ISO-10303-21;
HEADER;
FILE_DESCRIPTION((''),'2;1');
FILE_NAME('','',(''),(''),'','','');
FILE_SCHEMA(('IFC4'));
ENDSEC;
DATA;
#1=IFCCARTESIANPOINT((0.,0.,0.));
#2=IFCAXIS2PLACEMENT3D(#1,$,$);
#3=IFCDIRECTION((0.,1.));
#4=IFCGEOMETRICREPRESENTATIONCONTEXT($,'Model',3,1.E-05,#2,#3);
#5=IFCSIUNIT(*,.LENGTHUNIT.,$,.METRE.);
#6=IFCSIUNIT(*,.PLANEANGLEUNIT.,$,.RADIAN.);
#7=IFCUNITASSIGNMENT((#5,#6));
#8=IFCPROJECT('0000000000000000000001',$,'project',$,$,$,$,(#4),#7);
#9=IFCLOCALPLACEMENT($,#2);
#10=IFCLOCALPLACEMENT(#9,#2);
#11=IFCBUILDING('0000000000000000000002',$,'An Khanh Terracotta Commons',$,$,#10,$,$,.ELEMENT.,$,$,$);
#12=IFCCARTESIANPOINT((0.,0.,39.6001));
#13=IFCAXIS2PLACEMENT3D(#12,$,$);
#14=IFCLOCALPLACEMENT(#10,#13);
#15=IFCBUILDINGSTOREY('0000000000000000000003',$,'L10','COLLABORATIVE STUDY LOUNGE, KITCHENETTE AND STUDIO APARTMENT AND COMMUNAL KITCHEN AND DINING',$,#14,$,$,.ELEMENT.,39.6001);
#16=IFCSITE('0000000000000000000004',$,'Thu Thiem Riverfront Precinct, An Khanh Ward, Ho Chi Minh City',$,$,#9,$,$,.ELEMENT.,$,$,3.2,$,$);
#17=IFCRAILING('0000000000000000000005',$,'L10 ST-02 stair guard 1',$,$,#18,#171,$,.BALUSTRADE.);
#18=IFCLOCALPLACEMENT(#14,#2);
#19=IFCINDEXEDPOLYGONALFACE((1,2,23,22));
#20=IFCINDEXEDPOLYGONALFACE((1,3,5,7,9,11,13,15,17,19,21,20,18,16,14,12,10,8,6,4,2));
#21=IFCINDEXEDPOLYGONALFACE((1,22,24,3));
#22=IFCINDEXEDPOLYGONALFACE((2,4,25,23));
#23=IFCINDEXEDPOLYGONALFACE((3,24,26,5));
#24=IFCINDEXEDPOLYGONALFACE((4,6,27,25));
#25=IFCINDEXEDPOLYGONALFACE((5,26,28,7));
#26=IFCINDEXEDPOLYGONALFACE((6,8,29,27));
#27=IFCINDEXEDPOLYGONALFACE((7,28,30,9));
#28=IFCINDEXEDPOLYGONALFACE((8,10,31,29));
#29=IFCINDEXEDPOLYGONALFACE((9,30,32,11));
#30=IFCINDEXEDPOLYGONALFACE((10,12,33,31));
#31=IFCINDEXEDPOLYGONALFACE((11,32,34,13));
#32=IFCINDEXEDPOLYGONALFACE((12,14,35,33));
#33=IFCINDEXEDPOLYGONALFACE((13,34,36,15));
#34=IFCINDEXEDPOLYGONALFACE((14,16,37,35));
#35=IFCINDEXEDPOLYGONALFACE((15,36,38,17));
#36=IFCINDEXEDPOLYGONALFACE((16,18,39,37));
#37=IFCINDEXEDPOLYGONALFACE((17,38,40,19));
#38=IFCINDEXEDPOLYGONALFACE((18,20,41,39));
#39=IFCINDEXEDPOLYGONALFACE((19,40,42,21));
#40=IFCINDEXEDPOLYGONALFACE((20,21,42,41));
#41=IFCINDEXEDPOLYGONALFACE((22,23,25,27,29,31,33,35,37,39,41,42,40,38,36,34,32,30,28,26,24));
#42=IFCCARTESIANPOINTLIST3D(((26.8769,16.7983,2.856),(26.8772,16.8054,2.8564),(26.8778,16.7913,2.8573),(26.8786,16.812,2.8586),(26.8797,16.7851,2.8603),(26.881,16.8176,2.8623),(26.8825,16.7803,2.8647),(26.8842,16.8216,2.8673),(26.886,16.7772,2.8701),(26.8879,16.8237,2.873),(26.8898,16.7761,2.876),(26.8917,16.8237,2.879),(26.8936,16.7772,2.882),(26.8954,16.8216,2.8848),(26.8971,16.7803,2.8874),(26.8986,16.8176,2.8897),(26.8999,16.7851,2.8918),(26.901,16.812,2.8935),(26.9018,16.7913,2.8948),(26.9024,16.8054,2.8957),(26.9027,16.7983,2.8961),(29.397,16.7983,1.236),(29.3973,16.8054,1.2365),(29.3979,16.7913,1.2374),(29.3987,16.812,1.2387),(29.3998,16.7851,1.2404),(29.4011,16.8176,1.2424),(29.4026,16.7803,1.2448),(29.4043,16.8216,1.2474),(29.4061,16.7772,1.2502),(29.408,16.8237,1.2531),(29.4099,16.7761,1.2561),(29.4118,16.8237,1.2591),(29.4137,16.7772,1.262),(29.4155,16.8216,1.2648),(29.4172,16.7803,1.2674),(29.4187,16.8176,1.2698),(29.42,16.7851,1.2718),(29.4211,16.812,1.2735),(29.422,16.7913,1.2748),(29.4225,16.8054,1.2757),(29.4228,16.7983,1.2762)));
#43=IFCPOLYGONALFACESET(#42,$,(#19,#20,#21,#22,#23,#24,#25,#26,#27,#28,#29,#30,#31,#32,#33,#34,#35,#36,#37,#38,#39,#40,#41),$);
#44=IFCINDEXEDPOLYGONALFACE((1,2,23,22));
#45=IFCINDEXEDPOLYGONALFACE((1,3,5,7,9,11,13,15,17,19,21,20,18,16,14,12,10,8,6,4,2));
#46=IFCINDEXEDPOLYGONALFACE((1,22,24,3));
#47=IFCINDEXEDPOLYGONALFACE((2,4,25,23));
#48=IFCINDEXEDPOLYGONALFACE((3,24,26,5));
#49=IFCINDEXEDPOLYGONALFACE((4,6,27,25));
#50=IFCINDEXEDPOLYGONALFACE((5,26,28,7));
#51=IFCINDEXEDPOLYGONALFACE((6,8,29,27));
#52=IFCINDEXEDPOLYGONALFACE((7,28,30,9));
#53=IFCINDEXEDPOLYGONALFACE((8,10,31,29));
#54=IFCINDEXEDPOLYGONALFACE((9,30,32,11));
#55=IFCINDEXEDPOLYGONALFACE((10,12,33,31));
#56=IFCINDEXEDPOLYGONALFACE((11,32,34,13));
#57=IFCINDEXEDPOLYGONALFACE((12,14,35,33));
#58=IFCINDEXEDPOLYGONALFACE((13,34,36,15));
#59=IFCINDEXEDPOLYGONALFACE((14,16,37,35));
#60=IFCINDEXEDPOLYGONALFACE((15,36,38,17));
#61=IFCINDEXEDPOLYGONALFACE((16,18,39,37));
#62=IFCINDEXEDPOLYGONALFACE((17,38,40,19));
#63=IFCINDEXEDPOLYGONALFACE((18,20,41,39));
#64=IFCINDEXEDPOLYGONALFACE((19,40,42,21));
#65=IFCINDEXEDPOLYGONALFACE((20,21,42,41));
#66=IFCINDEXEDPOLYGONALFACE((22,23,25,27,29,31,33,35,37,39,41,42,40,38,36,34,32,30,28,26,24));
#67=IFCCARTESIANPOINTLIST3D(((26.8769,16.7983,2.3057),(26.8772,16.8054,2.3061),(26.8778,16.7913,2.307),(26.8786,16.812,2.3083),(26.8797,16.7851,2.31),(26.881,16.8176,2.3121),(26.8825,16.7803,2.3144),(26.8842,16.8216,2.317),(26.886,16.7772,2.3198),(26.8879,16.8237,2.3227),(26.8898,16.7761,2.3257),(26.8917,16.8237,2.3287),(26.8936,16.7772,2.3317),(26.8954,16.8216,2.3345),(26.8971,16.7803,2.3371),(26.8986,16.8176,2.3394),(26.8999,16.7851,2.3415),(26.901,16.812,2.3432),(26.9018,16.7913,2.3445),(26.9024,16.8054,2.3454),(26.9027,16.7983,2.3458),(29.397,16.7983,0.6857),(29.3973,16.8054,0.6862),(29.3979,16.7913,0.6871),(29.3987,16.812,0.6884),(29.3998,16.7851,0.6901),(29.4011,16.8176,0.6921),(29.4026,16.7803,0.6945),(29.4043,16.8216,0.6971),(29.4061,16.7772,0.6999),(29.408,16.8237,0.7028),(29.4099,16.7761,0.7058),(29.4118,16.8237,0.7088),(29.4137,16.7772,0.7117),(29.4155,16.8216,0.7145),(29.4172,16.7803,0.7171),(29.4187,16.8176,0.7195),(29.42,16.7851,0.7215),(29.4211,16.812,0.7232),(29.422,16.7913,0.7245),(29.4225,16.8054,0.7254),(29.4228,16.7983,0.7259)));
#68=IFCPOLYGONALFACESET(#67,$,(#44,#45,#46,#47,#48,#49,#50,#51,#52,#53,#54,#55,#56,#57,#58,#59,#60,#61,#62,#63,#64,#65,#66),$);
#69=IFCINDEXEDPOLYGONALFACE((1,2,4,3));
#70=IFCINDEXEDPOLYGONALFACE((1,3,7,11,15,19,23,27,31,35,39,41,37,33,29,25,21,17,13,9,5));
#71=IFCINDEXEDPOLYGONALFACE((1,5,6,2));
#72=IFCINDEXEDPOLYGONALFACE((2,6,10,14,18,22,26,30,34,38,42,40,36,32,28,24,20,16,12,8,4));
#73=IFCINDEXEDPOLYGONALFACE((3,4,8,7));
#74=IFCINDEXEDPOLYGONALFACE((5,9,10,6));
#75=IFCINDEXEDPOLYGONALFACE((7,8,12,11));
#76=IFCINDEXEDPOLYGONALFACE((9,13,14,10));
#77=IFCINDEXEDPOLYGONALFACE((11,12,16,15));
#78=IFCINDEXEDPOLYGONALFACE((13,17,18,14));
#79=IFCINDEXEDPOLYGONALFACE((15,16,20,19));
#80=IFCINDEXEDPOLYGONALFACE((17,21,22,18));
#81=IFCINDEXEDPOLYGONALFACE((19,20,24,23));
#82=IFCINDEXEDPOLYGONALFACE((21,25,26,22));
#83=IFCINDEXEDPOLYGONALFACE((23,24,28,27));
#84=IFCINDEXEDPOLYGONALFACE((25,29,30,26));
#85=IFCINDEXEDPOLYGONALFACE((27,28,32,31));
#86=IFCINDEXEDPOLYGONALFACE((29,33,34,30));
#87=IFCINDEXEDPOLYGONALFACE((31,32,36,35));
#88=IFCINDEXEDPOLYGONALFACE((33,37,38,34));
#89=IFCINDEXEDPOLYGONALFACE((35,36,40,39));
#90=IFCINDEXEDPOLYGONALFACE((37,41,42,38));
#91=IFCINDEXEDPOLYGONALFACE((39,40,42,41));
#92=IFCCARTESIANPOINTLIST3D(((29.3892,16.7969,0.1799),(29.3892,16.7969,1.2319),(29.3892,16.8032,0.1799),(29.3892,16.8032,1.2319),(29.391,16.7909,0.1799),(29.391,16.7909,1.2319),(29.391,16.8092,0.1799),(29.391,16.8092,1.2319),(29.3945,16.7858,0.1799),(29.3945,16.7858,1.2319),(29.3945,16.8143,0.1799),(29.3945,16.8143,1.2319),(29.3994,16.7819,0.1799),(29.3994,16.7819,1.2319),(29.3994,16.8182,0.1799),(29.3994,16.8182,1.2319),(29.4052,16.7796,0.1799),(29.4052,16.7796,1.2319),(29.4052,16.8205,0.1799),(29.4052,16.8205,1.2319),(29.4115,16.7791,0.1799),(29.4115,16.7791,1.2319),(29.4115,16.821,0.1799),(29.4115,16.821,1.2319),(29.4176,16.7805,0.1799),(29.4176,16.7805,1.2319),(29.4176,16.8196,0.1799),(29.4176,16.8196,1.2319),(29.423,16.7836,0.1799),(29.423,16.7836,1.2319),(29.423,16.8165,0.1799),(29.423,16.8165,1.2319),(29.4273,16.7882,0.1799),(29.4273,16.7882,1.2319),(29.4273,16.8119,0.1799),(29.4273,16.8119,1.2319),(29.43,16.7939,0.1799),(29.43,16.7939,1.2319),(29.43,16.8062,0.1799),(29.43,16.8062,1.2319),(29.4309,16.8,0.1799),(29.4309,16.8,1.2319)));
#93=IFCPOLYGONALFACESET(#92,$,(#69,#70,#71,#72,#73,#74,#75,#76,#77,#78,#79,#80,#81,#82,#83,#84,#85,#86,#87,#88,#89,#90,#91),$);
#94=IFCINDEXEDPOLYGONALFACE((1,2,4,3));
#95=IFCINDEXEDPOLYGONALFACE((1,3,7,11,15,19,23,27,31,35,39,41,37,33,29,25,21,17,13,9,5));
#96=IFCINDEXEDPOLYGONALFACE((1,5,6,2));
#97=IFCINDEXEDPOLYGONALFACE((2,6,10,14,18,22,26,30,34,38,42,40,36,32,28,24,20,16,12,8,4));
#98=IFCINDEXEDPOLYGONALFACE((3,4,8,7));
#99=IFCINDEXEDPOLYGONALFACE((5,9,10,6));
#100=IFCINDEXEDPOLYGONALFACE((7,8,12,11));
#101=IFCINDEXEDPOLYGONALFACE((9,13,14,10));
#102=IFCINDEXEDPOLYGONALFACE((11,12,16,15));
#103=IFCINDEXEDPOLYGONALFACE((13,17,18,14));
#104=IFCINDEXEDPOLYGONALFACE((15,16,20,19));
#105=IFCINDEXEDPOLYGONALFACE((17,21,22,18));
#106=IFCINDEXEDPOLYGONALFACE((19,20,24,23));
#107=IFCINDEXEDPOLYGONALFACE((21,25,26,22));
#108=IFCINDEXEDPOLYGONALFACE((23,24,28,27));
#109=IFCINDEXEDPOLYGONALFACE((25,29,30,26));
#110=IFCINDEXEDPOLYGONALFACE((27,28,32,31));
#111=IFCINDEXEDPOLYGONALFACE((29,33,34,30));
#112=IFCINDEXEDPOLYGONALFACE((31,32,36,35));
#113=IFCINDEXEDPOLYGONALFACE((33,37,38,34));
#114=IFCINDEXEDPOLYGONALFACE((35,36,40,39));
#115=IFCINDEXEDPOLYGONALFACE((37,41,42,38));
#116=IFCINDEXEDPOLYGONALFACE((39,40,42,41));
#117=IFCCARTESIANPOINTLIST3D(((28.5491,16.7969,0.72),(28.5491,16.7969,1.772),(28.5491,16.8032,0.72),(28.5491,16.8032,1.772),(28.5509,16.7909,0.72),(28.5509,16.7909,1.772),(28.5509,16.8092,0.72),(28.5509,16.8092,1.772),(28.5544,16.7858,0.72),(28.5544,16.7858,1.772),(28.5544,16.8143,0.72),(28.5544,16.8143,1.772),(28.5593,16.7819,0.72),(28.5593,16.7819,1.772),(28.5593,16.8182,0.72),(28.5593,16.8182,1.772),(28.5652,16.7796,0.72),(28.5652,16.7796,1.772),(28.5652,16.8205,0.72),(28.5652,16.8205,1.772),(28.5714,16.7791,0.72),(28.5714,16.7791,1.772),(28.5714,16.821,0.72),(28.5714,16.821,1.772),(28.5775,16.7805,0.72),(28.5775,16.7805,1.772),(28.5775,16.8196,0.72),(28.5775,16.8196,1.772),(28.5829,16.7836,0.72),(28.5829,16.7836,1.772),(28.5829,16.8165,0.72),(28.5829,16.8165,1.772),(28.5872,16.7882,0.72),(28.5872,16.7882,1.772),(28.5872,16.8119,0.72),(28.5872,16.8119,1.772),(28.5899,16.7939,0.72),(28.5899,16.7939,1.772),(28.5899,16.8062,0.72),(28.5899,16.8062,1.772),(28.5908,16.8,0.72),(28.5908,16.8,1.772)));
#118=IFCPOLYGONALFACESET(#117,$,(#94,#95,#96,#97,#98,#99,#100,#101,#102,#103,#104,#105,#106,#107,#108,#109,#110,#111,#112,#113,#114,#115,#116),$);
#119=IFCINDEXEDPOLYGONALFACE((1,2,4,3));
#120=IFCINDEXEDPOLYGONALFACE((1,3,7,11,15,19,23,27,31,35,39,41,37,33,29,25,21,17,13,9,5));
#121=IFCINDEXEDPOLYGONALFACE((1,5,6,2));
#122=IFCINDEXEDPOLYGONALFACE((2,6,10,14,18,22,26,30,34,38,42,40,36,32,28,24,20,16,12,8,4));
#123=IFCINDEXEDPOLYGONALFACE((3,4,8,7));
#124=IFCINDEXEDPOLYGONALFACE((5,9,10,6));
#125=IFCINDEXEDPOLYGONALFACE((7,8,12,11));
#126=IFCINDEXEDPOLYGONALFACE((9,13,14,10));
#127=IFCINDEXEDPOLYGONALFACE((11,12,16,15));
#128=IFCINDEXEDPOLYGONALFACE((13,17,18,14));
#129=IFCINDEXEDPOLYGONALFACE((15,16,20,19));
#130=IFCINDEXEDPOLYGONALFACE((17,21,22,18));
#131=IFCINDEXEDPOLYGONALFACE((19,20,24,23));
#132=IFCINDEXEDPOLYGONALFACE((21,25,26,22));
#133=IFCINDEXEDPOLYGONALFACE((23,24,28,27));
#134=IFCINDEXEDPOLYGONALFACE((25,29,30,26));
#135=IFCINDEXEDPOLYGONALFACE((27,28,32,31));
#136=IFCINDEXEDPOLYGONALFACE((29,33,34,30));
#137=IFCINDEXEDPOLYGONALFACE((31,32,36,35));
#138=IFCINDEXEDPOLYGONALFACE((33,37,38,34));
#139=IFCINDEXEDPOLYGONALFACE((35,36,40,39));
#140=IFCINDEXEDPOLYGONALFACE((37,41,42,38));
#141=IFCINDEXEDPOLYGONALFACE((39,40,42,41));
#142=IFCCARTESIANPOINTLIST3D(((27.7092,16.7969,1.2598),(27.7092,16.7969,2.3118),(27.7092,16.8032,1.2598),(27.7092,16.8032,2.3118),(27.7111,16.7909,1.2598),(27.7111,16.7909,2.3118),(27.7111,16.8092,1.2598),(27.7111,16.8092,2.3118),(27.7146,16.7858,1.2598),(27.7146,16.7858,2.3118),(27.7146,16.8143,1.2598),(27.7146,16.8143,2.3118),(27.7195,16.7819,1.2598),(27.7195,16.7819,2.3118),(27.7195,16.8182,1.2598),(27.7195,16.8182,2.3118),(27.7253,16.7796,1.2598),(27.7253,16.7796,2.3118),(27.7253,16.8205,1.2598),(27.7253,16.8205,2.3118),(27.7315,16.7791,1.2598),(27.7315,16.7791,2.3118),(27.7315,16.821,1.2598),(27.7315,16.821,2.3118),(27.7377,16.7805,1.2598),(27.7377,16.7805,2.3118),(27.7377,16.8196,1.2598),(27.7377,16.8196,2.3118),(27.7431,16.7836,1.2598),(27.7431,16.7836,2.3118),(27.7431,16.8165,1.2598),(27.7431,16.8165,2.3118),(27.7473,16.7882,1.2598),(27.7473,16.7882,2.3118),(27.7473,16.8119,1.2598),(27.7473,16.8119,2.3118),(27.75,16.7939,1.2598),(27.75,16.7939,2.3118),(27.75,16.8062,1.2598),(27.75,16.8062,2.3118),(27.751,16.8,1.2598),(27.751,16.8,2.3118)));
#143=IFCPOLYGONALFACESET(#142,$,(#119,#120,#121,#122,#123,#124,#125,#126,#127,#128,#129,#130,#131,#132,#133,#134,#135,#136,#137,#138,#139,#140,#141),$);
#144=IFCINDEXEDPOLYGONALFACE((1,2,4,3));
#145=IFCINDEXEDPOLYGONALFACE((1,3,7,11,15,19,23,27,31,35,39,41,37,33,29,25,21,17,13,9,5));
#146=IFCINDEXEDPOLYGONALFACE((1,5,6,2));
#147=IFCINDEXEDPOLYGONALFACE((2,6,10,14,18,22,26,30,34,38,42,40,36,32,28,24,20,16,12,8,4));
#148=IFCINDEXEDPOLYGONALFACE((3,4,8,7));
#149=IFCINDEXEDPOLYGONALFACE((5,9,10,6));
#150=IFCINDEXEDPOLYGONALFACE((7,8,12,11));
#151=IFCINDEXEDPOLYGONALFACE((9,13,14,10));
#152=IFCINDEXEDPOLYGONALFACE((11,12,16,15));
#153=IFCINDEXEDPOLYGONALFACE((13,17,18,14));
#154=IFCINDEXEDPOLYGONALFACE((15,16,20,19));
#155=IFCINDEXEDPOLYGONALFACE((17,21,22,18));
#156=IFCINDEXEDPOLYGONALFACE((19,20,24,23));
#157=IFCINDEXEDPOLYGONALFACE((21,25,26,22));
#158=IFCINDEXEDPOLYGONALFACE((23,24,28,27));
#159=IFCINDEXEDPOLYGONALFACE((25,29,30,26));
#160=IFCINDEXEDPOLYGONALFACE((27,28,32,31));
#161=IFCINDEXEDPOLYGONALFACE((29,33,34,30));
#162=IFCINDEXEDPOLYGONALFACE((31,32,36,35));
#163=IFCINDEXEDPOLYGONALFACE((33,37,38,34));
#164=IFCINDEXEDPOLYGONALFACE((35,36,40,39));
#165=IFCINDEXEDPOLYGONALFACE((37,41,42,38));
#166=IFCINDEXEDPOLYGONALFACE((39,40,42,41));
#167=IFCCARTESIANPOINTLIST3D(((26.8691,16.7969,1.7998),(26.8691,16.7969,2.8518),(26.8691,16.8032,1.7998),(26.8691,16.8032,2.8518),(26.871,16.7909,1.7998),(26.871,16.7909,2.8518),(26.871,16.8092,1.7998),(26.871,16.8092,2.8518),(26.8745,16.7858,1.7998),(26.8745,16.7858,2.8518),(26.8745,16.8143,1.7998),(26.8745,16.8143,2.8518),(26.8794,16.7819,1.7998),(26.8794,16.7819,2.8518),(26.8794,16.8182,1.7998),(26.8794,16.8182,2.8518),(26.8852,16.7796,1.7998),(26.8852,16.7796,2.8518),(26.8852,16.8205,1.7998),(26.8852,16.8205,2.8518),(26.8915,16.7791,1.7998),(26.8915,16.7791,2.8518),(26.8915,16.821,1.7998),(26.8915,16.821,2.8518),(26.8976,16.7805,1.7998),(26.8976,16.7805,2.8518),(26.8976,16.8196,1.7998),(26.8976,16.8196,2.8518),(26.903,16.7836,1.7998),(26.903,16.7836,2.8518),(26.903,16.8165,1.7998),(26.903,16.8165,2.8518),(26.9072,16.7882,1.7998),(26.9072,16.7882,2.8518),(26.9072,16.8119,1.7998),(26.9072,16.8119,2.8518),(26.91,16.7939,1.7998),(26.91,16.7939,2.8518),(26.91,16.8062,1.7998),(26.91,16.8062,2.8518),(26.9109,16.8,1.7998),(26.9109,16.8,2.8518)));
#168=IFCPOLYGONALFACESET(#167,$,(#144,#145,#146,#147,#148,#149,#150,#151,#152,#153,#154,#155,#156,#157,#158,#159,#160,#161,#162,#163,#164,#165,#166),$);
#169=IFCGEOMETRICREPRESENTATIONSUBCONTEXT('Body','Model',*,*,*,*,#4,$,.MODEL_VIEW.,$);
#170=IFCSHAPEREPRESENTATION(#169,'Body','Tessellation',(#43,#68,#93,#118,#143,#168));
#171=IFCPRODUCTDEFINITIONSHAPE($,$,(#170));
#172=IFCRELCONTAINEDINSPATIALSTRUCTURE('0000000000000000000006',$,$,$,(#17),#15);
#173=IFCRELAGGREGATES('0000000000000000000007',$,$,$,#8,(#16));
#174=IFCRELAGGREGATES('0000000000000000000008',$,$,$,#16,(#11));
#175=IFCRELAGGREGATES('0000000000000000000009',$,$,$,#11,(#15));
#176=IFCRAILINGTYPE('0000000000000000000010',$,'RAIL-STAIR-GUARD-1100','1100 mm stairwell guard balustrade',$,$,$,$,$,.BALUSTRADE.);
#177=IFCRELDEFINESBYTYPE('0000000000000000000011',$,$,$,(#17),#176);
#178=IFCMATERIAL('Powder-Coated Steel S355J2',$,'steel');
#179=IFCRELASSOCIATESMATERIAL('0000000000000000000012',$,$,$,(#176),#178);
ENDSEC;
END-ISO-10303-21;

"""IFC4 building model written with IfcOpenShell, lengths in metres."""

from ifc_helpers import new_model, si_unit, direction, frame, origin, origin_2d, place, context, subcontext, project, spatial, circle, extrude, material, type_object, element, save


model = new_model("IFC4")

# Units and contexts
model_context = context("Model", 3, precision=1e-05, world=origin(), true_north=direction((0.0, 1.0)))
body_context = subcontext(model_context, "Body", "Model", "MODEL_VIEW")
ifc_project = project(units=[si_unit("LENGTHUNIT", "METRE"), si_unit("PLANEANGLEUNIT", "RADIAN")], contexts=[model_context])

# Site, building, storey
site_placement = place(None, origin())
site = spatial("IfcSite", under=ifc_project, at=site_placement, Name="Thu Thiem Riverfront Precinct, An Khanh Ward, Ho Chi Minh City", CompositionType="ELEMENT", RefElevation=3.2)
building_placement = place(site_placement, origin())
building = spatial("IfcBuilding", under=site, at=building_placement, Name="An Khanh Terracotta Commons", CompositionType="ELEMENT")
storey_placement = place(building_placement, frame((0.0, 0.0, 39.6001)))
storey = spatial("IfcBuildingStorey", under=building, at=storey_placement, Name="L10", Description="COLLABORATIVE STUDY LOUNGE, KITCHENETTE AND STUDIO APARTMENT AND COMMUNAL KITCHEN AND DINING", CompositionType="ELEMENT", Elevation=39.6001)

# Railing
ifc_material_1 = material(Name="Powder-Coated Steel S355J2", Category="steel")
railing_type_1 = type_object("IfcRailingType", Name="RAIL-STAIR-GUARD-1100", Description="1100 mm stairwell guard balustrade", PredefinedType="BALUSTRADE", material=ifc_material_1)
railing_1_placement = place(storey_placement, frame((29.4099, 16.8, 0.1799)))
element("IfcRailing", 1, at=railing_1_placement, inside=storey, type_object=railing_type_1, Name="L10 ST-02 stair guard 1", PredefinedType="BALUSTRADE", context=body_context, shape_type="SweptSolid", body=[
    extrude(circle(Radius=0.0239, at=origin_2d()), frame((0.0, 0.0, 1.0762), z_axis=(-0.8412, 0.0, 0.540725), x_axis=(0.0, -1.0, 0.0)), (0.0, 0.0, 1.0), 2.9958),
    extrude(circle(Radius=0.0239, at=origin_2d()), frame((0.0, 0.0, 0.5259), z_axis=(-0.8412, 0.0, 0.540725), x_axis=(0.0, -1.0, 0.0)), (0.0, 0.0, 1.0), 2.9958),
    extrude(circle(Radius=0.021, at=origin_2d()), origin(), (0.0, 0.0, 1.0), 1.052),
    extrude(circle(Radius=0.021, at=origin_2d()), frame((-0.8401, 0.0, 0.54)), (0.0, 0.0, 1.0), 1.052),
    extrude(circle(Radius=0.021, at=origin_2d()), frame((-1.6799, 0.0, 1.0798)), (0.0, 0.0, 1.0), 1.052),
    extrude(circle(Radius=0.021, at=origin_2d()), frame((-2.52, 0.0, 1.6199)), (0.0, 0.0, 1.0), 1.052),
])

save(model, "model.ifc")
